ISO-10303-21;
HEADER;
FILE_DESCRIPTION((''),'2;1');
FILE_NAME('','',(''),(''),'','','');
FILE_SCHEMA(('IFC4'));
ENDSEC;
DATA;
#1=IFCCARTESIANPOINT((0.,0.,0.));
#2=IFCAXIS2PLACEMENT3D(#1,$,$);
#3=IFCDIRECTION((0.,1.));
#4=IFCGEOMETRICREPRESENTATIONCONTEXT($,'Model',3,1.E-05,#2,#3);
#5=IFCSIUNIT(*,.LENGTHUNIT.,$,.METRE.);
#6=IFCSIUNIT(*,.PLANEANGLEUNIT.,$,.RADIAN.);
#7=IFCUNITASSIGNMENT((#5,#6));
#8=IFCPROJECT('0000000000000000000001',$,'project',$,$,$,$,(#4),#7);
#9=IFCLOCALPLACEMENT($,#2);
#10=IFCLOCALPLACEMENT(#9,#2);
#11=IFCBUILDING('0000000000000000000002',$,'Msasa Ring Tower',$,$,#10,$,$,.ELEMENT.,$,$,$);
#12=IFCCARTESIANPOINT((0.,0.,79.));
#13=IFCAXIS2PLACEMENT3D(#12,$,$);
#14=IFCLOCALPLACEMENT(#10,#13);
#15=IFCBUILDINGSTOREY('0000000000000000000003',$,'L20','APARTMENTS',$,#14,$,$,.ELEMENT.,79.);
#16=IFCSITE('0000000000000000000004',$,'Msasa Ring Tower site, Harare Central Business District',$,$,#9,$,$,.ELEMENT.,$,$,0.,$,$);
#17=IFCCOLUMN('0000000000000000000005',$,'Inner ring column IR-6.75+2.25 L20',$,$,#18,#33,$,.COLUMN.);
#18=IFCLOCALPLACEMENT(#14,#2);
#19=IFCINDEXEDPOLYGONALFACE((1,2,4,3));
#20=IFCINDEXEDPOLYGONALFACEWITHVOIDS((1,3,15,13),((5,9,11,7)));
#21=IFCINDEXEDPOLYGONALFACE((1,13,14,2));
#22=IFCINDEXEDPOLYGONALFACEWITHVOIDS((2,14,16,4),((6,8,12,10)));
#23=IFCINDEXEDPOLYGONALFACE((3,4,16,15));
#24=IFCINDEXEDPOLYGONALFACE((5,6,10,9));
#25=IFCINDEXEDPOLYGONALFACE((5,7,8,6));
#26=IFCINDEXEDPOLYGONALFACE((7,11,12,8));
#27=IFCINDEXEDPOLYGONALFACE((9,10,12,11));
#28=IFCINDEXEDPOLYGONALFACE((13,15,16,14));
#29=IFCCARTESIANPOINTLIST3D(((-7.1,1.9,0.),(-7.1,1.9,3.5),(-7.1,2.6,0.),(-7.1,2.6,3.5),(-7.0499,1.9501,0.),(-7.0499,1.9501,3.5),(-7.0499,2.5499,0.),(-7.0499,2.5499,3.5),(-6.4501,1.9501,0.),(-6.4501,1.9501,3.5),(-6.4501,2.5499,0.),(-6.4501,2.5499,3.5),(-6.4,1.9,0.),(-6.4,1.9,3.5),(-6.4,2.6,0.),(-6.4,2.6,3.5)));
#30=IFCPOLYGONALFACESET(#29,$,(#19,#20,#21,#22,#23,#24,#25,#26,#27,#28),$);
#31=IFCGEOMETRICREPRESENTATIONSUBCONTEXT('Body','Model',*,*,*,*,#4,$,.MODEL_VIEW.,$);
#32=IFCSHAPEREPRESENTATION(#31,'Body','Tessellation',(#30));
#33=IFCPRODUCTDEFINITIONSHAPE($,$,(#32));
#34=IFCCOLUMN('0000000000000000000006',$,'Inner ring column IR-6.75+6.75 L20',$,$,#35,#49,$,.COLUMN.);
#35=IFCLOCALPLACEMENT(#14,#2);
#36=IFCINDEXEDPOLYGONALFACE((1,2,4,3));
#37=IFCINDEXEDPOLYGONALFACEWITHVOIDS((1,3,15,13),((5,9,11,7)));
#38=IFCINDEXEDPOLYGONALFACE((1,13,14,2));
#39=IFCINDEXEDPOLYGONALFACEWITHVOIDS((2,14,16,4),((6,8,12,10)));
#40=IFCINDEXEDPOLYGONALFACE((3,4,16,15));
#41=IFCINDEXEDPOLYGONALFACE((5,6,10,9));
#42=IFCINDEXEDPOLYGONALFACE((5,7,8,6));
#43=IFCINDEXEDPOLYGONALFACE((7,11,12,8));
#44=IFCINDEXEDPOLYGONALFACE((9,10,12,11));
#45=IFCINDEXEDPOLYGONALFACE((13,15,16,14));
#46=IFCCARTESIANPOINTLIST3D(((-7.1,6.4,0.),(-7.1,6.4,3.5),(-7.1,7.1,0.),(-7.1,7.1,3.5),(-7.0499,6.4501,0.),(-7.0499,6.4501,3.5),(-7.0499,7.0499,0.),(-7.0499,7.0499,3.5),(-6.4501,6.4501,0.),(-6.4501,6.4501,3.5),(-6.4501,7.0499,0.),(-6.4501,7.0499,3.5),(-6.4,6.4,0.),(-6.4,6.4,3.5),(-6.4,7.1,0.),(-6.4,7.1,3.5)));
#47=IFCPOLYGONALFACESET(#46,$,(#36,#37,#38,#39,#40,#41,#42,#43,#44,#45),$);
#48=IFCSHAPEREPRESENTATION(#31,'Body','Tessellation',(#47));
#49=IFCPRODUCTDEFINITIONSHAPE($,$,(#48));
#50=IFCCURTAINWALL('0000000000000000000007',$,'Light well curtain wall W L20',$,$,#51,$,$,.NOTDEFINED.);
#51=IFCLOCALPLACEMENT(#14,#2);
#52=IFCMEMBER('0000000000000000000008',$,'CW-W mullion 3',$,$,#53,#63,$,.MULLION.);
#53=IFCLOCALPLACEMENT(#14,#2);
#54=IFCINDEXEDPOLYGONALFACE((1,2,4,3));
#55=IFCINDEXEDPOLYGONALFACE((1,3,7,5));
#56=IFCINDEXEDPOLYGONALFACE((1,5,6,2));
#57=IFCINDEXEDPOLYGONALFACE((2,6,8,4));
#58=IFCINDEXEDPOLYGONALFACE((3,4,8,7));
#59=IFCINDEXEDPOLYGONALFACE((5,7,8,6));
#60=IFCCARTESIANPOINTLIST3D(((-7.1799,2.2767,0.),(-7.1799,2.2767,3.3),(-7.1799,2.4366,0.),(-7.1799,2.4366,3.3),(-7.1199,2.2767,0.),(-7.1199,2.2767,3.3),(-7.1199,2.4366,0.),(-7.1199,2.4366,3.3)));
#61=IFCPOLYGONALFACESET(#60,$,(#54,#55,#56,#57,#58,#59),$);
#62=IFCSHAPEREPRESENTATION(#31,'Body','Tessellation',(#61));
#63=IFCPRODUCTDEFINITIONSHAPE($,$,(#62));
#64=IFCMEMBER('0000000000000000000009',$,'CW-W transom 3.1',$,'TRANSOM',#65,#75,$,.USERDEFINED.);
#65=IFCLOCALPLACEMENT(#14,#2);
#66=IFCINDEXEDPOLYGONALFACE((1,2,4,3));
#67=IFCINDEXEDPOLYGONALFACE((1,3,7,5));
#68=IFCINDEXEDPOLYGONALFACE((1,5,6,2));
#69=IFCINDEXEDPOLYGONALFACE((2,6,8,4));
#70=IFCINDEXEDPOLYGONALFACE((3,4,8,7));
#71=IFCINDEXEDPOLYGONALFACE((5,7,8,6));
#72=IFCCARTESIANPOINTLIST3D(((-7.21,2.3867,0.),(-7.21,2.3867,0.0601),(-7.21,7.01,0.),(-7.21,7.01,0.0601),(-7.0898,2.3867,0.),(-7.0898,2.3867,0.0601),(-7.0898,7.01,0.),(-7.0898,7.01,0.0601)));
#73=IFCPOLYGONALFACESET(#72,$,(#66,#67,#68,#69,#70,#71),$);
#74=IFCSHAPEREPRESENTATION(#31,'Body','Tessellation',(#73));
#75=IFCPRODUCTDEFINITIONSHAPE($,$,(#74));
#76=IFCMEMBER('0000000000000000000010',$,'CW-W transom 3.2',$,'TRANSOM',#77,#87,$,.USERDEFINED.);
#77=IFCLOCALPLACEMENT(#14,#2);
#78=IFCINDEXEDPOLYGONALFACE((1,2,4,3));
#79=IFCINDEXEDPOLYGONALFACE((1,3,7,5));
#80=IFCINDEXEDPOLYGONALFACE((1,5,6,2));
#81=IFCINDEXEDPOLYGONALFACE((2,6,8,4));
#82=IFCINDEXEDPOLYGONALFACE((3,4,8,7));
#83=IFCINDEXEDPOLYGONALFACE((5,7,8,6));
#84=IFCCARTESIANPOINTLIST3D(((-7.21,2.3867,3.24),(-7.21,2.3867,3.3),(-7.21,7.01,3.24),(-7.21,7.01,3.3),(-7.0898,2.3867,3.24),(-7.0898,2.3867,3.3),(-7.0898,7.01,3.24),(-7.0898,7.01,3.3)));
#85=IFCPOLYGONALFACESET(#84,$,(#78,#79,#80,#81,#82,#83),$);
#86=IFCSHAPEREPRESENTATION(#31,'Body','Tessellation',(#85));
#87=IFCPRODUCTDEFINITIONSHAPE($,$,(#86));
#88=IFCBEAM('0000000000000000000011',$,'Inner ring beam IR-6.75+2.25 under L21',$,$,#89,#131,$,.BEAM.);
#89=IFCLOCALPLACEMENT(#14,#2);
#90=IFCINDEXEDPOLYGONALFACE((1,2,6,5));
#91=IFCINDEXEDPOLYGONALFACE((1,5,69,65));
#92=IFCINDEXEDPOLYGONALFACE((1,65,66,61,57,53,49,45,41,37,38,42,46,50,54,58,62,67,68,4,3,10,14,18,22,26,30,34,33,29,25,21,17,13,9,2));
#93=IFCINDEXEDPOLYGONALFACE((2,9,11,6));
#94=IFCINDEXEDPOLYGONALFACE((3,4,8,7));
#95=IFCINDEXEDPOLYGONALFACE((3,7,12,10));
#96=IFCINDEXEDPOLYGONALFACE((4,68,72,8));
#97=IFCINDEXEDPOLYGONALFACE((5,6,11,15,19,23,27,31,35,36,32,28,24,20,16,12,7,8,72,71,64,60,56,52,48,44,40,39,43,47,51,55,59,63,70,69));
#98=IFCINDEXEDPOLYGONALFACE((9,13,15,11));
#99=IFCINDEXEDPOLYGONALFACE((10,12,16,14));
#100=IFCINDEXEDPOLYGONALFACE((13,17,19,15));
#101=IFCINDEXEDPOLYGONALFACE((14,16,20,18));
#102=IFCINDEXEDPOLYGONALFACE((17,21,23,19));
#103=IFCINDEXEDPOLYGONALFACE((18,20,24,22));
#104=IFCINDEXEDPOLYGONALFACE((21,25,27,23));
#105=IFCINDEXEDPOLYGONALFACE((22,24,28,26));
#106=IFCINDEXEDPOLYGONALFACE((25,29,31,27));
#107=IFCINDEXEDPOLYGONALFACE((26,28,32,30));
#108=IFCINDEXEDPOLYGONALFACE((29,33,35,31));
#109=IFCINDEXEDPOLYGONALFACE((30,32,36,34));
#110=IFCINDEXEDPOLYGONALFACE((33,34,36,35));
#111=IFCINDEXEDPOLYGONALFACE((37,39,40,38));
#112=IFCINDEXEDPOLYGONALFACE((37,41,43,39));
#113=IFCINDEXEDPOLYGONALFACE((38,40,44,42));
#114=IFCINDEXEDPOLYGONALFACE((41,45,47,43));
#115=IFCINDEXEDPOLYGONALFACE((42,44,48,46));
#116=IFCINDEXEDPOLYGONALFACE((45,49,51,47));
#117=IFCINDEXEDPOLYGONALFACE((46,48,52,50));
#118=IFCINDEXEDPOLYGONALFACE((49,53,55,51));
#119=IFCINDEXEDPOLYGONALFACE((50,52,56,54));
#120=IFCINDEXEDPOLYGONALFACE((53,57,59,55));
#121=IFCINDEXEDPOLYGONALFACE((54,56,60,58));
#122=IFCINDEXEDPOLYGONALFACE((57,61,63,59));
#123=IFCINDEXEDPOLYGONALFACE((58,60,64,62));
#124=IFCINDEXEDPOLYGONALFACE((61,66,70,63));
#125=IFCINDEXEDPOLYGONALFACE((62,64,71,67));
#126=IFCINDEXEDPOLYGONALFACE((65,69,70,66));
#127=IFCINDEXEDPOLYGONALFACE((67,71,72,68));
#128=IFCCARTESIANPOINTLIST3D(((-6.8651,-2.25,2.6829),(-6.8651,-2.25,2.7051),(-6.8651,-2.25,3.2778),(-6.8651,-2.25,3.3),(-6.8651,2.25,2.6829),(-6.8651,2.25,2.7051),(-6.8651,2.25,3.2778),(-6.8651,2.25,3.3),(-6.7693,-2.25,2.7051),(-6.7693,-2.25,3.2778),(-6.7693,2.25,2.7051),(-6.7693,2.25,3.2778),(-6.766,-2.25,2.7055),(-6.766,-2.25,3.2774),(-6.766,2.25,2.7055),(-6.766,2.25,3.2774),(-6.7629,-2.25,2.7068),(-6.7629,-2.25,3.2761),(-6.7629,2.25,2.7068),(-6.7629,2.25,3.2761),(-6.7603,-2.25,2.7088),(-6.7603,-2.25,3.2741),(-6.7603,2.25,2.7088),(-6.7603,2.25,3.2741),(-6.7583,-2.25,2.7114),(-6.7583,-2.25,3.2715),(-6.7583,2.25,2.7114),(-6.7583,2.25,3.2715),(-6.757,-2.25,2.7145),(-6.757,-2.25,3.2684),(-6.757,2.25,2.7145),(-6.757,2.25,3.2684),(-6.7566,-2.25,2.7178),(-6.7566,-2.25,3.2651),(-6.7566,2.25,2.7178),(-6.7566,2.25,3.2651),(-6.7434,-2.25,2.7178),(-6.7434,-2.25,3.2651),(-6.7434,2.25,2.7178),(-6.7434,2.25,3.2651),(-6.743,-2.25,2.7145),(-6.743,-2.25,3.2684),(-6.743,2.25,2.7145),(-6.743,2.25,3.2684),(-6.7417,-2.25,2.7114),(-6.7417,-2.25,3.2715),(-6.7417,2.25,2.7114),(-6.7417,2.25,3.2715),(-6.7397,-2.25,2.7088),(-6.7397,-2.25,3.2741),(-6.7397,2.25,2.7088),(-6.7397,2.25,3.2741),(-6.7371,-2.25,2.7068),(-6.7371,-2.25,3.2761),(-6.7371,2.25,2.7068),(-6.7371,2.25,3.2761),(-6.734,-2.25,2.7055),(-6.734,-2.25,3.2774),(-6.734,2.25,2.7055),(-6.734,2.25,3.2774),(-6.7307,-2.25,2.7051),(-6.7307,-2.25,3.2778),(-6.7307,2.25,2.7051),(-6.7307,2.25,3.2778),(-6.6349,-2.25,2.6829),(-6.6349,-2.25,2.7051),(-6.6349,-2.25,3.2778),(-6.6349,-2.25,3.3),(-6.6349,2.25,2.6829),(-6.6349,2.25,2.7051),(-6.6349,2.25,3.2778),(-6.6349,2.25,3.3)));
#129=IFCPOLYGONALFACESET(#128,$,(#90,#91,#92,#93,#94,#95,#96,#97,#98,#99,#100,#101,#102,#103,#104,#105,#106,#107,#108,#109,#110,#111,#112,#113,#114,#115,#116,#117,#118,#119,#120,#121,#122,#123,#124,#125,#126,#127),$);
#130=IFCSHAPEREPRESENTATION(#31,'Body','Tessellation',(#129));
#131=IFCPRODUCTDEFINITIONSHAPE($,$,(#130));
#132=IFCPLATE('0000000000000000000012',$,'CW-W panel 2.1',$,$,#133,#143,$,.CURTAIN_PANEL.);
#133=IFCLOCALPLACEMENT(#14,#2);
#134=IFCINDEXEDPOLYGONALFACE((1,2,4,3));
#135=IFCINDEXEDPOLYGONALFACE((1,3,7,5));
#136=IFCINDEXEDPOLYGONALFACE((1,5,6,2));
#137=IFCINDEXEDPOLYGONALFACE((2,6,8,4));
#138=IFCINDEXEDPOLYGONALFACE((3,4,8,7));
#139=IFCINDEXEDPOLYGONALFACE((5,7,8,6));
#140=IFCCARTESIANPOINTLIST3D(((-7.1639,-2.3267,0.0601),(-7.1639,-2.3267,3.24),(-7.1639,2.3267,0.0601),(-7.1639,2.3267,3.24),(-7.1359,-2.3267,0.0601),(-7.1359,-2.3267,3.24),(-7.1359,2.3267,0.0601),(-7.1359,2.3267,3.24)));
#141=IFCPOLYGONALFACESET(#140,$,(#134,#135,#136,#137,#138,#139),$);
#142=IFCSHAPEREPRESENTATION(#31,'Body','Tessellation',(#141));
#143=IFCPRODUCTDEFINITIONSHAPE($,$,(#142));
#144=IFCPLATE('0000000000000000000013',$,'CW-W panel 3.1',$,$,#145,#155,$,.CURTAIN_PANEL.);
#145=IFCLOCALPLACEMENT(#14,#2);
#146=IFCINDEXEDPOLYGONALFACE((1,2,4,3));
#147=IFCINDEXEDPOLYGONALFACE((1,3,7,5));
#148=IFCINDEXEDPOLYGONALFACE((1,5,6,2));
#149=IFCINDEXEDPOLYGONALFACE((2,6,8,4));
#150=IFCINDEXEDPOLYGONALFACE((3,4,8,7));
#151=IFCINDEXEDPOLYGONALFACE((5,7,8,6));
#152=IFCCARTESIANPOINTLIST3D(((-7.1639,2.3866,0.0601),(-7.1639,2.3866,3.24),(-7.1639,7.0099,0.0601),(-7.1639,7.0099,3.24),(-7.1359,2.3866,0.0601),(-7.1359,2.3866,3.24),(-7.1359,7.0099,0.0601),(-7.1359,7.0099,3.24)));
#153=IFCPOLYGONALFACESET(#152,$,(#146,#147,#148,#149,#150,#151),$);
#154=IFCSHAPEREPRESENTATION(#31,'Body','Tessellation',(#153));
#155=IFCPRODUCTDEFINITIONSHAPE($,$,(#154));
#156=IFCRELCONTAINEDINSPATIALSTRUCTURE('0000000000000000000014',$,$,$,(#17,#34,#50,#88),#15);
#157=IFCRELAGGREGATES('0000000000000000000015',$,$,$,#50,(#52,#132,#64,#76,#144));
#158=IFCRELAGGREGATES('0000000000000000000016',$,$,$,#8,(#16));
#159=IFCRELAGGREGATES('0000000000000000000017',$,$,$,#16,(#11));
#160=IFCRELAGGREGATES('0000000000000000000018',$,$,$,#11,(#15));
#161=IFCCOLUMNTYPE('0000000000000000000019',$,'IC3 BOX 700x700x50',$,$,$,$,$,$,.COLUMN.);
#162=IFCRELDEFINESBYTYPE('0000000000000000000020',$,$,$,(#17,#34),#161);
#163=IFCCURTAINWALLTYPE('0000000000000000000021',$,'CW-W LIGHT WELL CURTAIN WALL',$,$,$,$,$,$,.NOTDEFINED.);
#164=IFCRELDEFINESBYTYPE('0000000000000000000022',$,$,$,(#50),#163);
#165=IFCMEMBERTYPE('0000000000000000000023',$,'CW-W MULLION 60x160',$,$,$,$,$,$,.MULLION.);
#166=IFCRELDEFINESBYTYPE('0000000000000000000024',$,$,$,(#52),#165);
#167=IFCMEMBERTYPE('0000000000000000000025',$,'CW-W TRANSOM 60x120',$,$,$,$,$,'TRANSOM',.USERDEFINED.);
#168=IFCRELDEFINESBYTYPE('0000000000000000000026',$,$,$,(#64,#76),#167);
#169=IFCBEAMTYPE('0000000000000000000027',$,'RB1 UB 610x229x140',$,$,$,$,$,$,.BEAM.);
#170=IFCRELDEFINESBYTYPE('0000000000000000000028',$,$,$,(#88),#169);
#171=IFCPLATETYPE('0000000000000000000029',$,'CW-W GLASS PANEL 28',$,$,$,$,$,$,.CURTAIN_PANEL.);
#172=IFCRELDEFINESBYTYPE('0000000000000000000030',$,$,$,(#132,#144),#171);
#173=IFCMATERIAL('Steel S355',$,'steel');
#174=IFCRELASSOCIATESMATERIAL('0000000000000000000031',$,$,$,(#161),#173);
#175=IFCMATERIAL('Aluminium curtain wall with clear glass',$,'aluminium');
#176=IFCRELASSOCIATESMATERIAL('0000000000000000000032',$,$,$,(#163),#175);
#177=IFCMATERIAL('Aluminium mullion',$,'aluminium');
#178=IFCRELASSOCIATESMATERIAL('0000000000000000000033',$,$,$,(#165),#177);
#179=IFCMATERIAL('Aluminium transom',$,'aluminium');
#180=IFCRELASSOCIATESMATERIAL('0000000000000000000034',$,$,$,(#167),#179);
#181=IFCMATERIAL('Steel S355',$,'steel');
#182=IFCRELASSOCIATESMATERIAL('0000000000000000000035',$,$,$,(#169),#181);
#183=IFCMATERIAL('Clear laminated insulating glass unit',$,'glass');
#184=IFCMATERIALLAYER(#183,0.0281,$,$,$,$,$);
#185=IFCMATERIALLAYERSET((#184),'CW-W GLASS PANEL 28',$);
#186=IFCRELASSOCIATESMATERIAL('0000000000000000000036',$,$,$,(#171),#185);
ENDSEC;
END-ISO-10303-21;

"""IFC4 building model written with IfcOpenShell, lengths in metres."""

from ifc_helpers import new_model, si_unit, direction, frame, origin, origin_2d, place, context, subcontext, project, spatial, rectangle, hollow_rectangle, i_section, extrude, material, layer, layer_set, material_profile, profile_set, type_object, element, aggregate, save


model = new_model("IFC4")

# Units and contexts
model_context = context("Model", 3, precision=1e-05, world=origin(), true_north=direction((0.0, 1.0)))
body_context = subcontext(model_context, "Body", "Model", "MODEL_VIEW")
ifc_project = project(units=[si_unit("LENGTHUNIT", "METRE"), si_unit("PLANEANGLEUNIT", "RADIAN")], contexts=[model_context])

# Site, building, storey
site_placement = place(None, origin())
site = spatial("IfcSite", under=ifc_project, at=site_placement, Name="Msasa Ring Tower site, Harare Central Business District", CompositionType="ELEMENT", RefElevation=0.0)
building_placement = place(site_placement, origin())
building = spatial("IfcBuilding", under=site, at=building_placement, Name="Msasa Ring Tower", CompositionType="ELEMENT")
storey_placement = place(building_placement, frame((0.0, 0.0, 79.0)))
storey = spatial("IfcBuildingStorey", under=building, at=storey_placement, Name="L20", Description="APARTMENTS", CompositionType="ELEMENT", Elevation=79.0)

# Columns
ifc_material_1 = material(Name="Steel S355", Category="steel")
ifc_material_profile_1 = material_profile(ifc_material_1, hollow_rectangle(XDim=0.7, YDim=0.7, WallThickness=0.05, at=origin_2d()), Name="BOX 700x700x50")
ifc_profile_set_1 = profile_set([ifc_material_profile_1], Name="Steel S355")
column_type = type_object("IfcColumnType", Name="IC3 BOX 700x700x50", PredefinedType="COLUMN", material=ifc_profile_set_1)
for number, where, z_axis, x_axis, name in (
    (1, (-6.75, 2.25, 0.0), (0.0, 0.0, 1.0), (1.0, 0.0, 0.0), "Inner ring column IR-6.75+2.25 L20"),
    (2, (-6.75, 6.75, 0.0), (0.0, 0.0, 1.0), (1.0, 0.0, 0.0), "Inner ring column IR-6.75+6.75 L20"),
):
    element("IfcColumn", number, at=place(storey_placement, frame(where, z_axis=z_axis, x_axis=x_axis)), inside=storey, type_object=column_type, Name=name, PredefinedType="COLUMN", context=body_context, shape_type="SweptSolid", body=[
        extrude(hollow_rectangle(XDim=0.7, YDim=0.7, WallThickness=0.05, at=origin_2d()), origin(), (0.0, 0.0, 1.0), 3.5),
    ])

# Curtain wall, members
ifc_material_2 = material(Name="Aluminium curtain wall with clear glass", Category="aluminium")
curtain_wall_type = type_object("IfcCurtainWallType", Name="CW-W LIGHT WELL CURTAIN WALL", PredefinedType="NOTDEFINED", material=ifc_material_2)
curtain_wall_placement = place(storey_placement, origin())
curtain_wall = element("IfcCurtainWall", 3, at=curtain_wall_placement, inside=storey, type_object=curtain_wall_type, Name="Light well curtain wall W L20", PredefinedType="NOTDEFINED")
ifc_material_3 = material(Name="Aluminium mullion", Category="aluminium")
ifc_material_profile_2 = material_profile(ifc_material_3, rectangle(XDim=0.0601, YDim=0.1599, at=origin_2d()), Name="AL 60x160")
ifc_profile_set_2 = profile_set([ifc_material_profile_2], Name="Aluminium mullion")
member_type_1 = type_object("IfcMemberType", Name="CW-W MULLION 60x160", PredefinedType="MULLION", material=ifc_profile_set_2)
member_1_placement = place(storey_placement, frame((-7.1499, 2.3567, 0.0), z_axis=(0.0, 0.0, 1.0), x_axis=(-1.0, 0.0, 0.0)))
member_1 = element("IfcMember", 4, at=member_1_placement, type_object=member_type_1, Name="CW-W mullion 3", PredefinedType="MULLION", context=body_context, shape_type="SweptSolid", body=[
    extrude(rectangle(XDim=0.0601, YDim=0.1599, at=origin_2d()), origin(), (0.0, 0.0, 1.0), 3.3),
])
ifc_material_4 = material(Name="Aluminium transom", Category="aluminium")
ifc_material_profile_3 = material_profile(ifc_material_4, rectangle(XDim=0.1201, YDim=0.0601, at=origin_2d()), Name="AL 60x120")
ifc_profile_set_3 = profile_set([ifc_material_profile_3], Name="Aluminium transom")
member_type_2 = type_object("IfcMemberType", Name="CW-W TRANSOM 60x120", ElementType="TRANSOM", PredefinedType="USERDEFINED", material=ifc_profile_set_3)
member_2_placement = place(storey_placement, frame((-7.1499, 2.3867, 0.03), z_axis=(0.0, 1.0, 0.0), x_axis=(-1.0, 0.0, 0.0)))
member_2 = element("IfcMember", 5, at=member_2_placement, type_object=member_type_2, Name="CW-W transom 3.1", ObjectType="TRANSOM", PredefinedType="USERDEFINED", context=body_context, shape_type="SweptSolid", body=[
    extrude(rectangle(XDim=0.1201, YDim=0.0601, at=origin_2d()), origin(), (0.0, 0.0, 1.0), 4.6233),
])
member_3_placement = place(storey_placement, frame((-7.1499, 2.3867, 3.27), z_axis=(0.0, 1.0, 0.0), x_axis=(-1.0, 0.0, 0.0)))
member_3 = element("IfcMember", 6, at=member_3_placement, type_object=member_type_2, Name="CW-W transom 3.2", ObjectType="TRANSOM", PredefinedType="USERDEFINED", context=body_context, shape_type="SweptSolid", body=[
    extrude(rectangle(XDim=0.1201, YDim=0.0601, at=origin_2d()), origin(), (0.0, 0.0, 1.0), 4.6233),
])

# Beam
ifc_material_5 = material(Name="Steel S355", Category="steel")
ifc_material_profile_4 = material_profile(ifc_material_5, i_section(OverallWidth=0.2302, OverallDepth=0.6172, WebThickness=0.0132, FlangeThickness=0.0222, FilletRadius=0.0127, at=origin_2d()), Name="UB 610x229x140")
ifc_profile_set_4 = profile_set([ifc_material_profile_4], Name="Steel S355")
beam_type = type_object("IfcBeamType", Name="RB1 UB 610x229x140", PredefinedType="BEAM", material=ifc_profile_set_4)
beam_placement = place(storey_placement, frame((-6.75, 2.25, 2.9915), z_axis=(0.0, -1.0, 0.0), x_axis=(1.0, 0.0, 0.0)))
element("IfcBeam", 7, at=beam_placement, inside=storey, type_object=beam_type, Name="Inner ring beam IR-6.75+2.25 under L21", PredefinedType="BEAM", context=body_context, shape_type="SweptSolid", body=[
    extrude(i_section(OverallWidth=0.2302, OverallDepth=0.6172, WebThickness=0.0132, FlangeThickness=0.0222, FilletRadius=0.0127, at=origin_2d()), origin(), (0.0, 0.0, 1.0), 4.5),
])

# Plates
ifc_material_6 = material(Name="Clear laminated insulating glass unit", Category="glass")
ifc_layer_1 = layer(ifc_material_6, 0.0281)
ifc_layer_set_1 = layer_set([ifc_layer_1], Name="CW-W GLASS PANEL 28")
plate_type = type_object("IfcPlateType", Name="CW-W GLASS PANEL 28", PredefinedType="CURTAIN_PANEL", material=ifc_layer_set_1)
plate_1_placement = place(storey_placement, frame((-7.1499, 0.0, 0.0601), z_axis=(0.0, 0.0, 1.0), x_axis=(0.0, 1.0, 0.0)))
plate_1 = element("IfcPlate", 8, at=plate_1_placement, type_object=plate_type, Name="CW-W panel 2.1", PredefinedType="CURTAIN_PANEL", context=body_context, shape_type="SweptSolid", body=[
    extrude(rectangle(XDim=4.6533, YDim=0.0281, at=origin_2d()), origin(), (0.0, 0.0, 1.0), 3.1799),
])
plate_2_placement = place(storey_placement, frame((-7.1499, 4.6982, 0.0601), z_axis=(0.0, 0.0, 1.0), x_axis=(0.0, 1.0, 0.0)))
plate_2 = element("IfcPlate", 9, at=plate_2_placement, type_object=plate_type, Name="CW-W panel 3.1", PredefinedType="CURTAIN_PANEL", context=body_context, shape_type="SweptSolid", body=[
    extrude(rectangle(XDim=4.6233, YDim=0.0281, at=origin_2d()), origin(), (0.0, 0.0, 1.0), 3.1799),
])
aggregate(curtain_wall, [member_1, plate_1, member_2, member_3, plate_2])

save(model, "model.ifc")
